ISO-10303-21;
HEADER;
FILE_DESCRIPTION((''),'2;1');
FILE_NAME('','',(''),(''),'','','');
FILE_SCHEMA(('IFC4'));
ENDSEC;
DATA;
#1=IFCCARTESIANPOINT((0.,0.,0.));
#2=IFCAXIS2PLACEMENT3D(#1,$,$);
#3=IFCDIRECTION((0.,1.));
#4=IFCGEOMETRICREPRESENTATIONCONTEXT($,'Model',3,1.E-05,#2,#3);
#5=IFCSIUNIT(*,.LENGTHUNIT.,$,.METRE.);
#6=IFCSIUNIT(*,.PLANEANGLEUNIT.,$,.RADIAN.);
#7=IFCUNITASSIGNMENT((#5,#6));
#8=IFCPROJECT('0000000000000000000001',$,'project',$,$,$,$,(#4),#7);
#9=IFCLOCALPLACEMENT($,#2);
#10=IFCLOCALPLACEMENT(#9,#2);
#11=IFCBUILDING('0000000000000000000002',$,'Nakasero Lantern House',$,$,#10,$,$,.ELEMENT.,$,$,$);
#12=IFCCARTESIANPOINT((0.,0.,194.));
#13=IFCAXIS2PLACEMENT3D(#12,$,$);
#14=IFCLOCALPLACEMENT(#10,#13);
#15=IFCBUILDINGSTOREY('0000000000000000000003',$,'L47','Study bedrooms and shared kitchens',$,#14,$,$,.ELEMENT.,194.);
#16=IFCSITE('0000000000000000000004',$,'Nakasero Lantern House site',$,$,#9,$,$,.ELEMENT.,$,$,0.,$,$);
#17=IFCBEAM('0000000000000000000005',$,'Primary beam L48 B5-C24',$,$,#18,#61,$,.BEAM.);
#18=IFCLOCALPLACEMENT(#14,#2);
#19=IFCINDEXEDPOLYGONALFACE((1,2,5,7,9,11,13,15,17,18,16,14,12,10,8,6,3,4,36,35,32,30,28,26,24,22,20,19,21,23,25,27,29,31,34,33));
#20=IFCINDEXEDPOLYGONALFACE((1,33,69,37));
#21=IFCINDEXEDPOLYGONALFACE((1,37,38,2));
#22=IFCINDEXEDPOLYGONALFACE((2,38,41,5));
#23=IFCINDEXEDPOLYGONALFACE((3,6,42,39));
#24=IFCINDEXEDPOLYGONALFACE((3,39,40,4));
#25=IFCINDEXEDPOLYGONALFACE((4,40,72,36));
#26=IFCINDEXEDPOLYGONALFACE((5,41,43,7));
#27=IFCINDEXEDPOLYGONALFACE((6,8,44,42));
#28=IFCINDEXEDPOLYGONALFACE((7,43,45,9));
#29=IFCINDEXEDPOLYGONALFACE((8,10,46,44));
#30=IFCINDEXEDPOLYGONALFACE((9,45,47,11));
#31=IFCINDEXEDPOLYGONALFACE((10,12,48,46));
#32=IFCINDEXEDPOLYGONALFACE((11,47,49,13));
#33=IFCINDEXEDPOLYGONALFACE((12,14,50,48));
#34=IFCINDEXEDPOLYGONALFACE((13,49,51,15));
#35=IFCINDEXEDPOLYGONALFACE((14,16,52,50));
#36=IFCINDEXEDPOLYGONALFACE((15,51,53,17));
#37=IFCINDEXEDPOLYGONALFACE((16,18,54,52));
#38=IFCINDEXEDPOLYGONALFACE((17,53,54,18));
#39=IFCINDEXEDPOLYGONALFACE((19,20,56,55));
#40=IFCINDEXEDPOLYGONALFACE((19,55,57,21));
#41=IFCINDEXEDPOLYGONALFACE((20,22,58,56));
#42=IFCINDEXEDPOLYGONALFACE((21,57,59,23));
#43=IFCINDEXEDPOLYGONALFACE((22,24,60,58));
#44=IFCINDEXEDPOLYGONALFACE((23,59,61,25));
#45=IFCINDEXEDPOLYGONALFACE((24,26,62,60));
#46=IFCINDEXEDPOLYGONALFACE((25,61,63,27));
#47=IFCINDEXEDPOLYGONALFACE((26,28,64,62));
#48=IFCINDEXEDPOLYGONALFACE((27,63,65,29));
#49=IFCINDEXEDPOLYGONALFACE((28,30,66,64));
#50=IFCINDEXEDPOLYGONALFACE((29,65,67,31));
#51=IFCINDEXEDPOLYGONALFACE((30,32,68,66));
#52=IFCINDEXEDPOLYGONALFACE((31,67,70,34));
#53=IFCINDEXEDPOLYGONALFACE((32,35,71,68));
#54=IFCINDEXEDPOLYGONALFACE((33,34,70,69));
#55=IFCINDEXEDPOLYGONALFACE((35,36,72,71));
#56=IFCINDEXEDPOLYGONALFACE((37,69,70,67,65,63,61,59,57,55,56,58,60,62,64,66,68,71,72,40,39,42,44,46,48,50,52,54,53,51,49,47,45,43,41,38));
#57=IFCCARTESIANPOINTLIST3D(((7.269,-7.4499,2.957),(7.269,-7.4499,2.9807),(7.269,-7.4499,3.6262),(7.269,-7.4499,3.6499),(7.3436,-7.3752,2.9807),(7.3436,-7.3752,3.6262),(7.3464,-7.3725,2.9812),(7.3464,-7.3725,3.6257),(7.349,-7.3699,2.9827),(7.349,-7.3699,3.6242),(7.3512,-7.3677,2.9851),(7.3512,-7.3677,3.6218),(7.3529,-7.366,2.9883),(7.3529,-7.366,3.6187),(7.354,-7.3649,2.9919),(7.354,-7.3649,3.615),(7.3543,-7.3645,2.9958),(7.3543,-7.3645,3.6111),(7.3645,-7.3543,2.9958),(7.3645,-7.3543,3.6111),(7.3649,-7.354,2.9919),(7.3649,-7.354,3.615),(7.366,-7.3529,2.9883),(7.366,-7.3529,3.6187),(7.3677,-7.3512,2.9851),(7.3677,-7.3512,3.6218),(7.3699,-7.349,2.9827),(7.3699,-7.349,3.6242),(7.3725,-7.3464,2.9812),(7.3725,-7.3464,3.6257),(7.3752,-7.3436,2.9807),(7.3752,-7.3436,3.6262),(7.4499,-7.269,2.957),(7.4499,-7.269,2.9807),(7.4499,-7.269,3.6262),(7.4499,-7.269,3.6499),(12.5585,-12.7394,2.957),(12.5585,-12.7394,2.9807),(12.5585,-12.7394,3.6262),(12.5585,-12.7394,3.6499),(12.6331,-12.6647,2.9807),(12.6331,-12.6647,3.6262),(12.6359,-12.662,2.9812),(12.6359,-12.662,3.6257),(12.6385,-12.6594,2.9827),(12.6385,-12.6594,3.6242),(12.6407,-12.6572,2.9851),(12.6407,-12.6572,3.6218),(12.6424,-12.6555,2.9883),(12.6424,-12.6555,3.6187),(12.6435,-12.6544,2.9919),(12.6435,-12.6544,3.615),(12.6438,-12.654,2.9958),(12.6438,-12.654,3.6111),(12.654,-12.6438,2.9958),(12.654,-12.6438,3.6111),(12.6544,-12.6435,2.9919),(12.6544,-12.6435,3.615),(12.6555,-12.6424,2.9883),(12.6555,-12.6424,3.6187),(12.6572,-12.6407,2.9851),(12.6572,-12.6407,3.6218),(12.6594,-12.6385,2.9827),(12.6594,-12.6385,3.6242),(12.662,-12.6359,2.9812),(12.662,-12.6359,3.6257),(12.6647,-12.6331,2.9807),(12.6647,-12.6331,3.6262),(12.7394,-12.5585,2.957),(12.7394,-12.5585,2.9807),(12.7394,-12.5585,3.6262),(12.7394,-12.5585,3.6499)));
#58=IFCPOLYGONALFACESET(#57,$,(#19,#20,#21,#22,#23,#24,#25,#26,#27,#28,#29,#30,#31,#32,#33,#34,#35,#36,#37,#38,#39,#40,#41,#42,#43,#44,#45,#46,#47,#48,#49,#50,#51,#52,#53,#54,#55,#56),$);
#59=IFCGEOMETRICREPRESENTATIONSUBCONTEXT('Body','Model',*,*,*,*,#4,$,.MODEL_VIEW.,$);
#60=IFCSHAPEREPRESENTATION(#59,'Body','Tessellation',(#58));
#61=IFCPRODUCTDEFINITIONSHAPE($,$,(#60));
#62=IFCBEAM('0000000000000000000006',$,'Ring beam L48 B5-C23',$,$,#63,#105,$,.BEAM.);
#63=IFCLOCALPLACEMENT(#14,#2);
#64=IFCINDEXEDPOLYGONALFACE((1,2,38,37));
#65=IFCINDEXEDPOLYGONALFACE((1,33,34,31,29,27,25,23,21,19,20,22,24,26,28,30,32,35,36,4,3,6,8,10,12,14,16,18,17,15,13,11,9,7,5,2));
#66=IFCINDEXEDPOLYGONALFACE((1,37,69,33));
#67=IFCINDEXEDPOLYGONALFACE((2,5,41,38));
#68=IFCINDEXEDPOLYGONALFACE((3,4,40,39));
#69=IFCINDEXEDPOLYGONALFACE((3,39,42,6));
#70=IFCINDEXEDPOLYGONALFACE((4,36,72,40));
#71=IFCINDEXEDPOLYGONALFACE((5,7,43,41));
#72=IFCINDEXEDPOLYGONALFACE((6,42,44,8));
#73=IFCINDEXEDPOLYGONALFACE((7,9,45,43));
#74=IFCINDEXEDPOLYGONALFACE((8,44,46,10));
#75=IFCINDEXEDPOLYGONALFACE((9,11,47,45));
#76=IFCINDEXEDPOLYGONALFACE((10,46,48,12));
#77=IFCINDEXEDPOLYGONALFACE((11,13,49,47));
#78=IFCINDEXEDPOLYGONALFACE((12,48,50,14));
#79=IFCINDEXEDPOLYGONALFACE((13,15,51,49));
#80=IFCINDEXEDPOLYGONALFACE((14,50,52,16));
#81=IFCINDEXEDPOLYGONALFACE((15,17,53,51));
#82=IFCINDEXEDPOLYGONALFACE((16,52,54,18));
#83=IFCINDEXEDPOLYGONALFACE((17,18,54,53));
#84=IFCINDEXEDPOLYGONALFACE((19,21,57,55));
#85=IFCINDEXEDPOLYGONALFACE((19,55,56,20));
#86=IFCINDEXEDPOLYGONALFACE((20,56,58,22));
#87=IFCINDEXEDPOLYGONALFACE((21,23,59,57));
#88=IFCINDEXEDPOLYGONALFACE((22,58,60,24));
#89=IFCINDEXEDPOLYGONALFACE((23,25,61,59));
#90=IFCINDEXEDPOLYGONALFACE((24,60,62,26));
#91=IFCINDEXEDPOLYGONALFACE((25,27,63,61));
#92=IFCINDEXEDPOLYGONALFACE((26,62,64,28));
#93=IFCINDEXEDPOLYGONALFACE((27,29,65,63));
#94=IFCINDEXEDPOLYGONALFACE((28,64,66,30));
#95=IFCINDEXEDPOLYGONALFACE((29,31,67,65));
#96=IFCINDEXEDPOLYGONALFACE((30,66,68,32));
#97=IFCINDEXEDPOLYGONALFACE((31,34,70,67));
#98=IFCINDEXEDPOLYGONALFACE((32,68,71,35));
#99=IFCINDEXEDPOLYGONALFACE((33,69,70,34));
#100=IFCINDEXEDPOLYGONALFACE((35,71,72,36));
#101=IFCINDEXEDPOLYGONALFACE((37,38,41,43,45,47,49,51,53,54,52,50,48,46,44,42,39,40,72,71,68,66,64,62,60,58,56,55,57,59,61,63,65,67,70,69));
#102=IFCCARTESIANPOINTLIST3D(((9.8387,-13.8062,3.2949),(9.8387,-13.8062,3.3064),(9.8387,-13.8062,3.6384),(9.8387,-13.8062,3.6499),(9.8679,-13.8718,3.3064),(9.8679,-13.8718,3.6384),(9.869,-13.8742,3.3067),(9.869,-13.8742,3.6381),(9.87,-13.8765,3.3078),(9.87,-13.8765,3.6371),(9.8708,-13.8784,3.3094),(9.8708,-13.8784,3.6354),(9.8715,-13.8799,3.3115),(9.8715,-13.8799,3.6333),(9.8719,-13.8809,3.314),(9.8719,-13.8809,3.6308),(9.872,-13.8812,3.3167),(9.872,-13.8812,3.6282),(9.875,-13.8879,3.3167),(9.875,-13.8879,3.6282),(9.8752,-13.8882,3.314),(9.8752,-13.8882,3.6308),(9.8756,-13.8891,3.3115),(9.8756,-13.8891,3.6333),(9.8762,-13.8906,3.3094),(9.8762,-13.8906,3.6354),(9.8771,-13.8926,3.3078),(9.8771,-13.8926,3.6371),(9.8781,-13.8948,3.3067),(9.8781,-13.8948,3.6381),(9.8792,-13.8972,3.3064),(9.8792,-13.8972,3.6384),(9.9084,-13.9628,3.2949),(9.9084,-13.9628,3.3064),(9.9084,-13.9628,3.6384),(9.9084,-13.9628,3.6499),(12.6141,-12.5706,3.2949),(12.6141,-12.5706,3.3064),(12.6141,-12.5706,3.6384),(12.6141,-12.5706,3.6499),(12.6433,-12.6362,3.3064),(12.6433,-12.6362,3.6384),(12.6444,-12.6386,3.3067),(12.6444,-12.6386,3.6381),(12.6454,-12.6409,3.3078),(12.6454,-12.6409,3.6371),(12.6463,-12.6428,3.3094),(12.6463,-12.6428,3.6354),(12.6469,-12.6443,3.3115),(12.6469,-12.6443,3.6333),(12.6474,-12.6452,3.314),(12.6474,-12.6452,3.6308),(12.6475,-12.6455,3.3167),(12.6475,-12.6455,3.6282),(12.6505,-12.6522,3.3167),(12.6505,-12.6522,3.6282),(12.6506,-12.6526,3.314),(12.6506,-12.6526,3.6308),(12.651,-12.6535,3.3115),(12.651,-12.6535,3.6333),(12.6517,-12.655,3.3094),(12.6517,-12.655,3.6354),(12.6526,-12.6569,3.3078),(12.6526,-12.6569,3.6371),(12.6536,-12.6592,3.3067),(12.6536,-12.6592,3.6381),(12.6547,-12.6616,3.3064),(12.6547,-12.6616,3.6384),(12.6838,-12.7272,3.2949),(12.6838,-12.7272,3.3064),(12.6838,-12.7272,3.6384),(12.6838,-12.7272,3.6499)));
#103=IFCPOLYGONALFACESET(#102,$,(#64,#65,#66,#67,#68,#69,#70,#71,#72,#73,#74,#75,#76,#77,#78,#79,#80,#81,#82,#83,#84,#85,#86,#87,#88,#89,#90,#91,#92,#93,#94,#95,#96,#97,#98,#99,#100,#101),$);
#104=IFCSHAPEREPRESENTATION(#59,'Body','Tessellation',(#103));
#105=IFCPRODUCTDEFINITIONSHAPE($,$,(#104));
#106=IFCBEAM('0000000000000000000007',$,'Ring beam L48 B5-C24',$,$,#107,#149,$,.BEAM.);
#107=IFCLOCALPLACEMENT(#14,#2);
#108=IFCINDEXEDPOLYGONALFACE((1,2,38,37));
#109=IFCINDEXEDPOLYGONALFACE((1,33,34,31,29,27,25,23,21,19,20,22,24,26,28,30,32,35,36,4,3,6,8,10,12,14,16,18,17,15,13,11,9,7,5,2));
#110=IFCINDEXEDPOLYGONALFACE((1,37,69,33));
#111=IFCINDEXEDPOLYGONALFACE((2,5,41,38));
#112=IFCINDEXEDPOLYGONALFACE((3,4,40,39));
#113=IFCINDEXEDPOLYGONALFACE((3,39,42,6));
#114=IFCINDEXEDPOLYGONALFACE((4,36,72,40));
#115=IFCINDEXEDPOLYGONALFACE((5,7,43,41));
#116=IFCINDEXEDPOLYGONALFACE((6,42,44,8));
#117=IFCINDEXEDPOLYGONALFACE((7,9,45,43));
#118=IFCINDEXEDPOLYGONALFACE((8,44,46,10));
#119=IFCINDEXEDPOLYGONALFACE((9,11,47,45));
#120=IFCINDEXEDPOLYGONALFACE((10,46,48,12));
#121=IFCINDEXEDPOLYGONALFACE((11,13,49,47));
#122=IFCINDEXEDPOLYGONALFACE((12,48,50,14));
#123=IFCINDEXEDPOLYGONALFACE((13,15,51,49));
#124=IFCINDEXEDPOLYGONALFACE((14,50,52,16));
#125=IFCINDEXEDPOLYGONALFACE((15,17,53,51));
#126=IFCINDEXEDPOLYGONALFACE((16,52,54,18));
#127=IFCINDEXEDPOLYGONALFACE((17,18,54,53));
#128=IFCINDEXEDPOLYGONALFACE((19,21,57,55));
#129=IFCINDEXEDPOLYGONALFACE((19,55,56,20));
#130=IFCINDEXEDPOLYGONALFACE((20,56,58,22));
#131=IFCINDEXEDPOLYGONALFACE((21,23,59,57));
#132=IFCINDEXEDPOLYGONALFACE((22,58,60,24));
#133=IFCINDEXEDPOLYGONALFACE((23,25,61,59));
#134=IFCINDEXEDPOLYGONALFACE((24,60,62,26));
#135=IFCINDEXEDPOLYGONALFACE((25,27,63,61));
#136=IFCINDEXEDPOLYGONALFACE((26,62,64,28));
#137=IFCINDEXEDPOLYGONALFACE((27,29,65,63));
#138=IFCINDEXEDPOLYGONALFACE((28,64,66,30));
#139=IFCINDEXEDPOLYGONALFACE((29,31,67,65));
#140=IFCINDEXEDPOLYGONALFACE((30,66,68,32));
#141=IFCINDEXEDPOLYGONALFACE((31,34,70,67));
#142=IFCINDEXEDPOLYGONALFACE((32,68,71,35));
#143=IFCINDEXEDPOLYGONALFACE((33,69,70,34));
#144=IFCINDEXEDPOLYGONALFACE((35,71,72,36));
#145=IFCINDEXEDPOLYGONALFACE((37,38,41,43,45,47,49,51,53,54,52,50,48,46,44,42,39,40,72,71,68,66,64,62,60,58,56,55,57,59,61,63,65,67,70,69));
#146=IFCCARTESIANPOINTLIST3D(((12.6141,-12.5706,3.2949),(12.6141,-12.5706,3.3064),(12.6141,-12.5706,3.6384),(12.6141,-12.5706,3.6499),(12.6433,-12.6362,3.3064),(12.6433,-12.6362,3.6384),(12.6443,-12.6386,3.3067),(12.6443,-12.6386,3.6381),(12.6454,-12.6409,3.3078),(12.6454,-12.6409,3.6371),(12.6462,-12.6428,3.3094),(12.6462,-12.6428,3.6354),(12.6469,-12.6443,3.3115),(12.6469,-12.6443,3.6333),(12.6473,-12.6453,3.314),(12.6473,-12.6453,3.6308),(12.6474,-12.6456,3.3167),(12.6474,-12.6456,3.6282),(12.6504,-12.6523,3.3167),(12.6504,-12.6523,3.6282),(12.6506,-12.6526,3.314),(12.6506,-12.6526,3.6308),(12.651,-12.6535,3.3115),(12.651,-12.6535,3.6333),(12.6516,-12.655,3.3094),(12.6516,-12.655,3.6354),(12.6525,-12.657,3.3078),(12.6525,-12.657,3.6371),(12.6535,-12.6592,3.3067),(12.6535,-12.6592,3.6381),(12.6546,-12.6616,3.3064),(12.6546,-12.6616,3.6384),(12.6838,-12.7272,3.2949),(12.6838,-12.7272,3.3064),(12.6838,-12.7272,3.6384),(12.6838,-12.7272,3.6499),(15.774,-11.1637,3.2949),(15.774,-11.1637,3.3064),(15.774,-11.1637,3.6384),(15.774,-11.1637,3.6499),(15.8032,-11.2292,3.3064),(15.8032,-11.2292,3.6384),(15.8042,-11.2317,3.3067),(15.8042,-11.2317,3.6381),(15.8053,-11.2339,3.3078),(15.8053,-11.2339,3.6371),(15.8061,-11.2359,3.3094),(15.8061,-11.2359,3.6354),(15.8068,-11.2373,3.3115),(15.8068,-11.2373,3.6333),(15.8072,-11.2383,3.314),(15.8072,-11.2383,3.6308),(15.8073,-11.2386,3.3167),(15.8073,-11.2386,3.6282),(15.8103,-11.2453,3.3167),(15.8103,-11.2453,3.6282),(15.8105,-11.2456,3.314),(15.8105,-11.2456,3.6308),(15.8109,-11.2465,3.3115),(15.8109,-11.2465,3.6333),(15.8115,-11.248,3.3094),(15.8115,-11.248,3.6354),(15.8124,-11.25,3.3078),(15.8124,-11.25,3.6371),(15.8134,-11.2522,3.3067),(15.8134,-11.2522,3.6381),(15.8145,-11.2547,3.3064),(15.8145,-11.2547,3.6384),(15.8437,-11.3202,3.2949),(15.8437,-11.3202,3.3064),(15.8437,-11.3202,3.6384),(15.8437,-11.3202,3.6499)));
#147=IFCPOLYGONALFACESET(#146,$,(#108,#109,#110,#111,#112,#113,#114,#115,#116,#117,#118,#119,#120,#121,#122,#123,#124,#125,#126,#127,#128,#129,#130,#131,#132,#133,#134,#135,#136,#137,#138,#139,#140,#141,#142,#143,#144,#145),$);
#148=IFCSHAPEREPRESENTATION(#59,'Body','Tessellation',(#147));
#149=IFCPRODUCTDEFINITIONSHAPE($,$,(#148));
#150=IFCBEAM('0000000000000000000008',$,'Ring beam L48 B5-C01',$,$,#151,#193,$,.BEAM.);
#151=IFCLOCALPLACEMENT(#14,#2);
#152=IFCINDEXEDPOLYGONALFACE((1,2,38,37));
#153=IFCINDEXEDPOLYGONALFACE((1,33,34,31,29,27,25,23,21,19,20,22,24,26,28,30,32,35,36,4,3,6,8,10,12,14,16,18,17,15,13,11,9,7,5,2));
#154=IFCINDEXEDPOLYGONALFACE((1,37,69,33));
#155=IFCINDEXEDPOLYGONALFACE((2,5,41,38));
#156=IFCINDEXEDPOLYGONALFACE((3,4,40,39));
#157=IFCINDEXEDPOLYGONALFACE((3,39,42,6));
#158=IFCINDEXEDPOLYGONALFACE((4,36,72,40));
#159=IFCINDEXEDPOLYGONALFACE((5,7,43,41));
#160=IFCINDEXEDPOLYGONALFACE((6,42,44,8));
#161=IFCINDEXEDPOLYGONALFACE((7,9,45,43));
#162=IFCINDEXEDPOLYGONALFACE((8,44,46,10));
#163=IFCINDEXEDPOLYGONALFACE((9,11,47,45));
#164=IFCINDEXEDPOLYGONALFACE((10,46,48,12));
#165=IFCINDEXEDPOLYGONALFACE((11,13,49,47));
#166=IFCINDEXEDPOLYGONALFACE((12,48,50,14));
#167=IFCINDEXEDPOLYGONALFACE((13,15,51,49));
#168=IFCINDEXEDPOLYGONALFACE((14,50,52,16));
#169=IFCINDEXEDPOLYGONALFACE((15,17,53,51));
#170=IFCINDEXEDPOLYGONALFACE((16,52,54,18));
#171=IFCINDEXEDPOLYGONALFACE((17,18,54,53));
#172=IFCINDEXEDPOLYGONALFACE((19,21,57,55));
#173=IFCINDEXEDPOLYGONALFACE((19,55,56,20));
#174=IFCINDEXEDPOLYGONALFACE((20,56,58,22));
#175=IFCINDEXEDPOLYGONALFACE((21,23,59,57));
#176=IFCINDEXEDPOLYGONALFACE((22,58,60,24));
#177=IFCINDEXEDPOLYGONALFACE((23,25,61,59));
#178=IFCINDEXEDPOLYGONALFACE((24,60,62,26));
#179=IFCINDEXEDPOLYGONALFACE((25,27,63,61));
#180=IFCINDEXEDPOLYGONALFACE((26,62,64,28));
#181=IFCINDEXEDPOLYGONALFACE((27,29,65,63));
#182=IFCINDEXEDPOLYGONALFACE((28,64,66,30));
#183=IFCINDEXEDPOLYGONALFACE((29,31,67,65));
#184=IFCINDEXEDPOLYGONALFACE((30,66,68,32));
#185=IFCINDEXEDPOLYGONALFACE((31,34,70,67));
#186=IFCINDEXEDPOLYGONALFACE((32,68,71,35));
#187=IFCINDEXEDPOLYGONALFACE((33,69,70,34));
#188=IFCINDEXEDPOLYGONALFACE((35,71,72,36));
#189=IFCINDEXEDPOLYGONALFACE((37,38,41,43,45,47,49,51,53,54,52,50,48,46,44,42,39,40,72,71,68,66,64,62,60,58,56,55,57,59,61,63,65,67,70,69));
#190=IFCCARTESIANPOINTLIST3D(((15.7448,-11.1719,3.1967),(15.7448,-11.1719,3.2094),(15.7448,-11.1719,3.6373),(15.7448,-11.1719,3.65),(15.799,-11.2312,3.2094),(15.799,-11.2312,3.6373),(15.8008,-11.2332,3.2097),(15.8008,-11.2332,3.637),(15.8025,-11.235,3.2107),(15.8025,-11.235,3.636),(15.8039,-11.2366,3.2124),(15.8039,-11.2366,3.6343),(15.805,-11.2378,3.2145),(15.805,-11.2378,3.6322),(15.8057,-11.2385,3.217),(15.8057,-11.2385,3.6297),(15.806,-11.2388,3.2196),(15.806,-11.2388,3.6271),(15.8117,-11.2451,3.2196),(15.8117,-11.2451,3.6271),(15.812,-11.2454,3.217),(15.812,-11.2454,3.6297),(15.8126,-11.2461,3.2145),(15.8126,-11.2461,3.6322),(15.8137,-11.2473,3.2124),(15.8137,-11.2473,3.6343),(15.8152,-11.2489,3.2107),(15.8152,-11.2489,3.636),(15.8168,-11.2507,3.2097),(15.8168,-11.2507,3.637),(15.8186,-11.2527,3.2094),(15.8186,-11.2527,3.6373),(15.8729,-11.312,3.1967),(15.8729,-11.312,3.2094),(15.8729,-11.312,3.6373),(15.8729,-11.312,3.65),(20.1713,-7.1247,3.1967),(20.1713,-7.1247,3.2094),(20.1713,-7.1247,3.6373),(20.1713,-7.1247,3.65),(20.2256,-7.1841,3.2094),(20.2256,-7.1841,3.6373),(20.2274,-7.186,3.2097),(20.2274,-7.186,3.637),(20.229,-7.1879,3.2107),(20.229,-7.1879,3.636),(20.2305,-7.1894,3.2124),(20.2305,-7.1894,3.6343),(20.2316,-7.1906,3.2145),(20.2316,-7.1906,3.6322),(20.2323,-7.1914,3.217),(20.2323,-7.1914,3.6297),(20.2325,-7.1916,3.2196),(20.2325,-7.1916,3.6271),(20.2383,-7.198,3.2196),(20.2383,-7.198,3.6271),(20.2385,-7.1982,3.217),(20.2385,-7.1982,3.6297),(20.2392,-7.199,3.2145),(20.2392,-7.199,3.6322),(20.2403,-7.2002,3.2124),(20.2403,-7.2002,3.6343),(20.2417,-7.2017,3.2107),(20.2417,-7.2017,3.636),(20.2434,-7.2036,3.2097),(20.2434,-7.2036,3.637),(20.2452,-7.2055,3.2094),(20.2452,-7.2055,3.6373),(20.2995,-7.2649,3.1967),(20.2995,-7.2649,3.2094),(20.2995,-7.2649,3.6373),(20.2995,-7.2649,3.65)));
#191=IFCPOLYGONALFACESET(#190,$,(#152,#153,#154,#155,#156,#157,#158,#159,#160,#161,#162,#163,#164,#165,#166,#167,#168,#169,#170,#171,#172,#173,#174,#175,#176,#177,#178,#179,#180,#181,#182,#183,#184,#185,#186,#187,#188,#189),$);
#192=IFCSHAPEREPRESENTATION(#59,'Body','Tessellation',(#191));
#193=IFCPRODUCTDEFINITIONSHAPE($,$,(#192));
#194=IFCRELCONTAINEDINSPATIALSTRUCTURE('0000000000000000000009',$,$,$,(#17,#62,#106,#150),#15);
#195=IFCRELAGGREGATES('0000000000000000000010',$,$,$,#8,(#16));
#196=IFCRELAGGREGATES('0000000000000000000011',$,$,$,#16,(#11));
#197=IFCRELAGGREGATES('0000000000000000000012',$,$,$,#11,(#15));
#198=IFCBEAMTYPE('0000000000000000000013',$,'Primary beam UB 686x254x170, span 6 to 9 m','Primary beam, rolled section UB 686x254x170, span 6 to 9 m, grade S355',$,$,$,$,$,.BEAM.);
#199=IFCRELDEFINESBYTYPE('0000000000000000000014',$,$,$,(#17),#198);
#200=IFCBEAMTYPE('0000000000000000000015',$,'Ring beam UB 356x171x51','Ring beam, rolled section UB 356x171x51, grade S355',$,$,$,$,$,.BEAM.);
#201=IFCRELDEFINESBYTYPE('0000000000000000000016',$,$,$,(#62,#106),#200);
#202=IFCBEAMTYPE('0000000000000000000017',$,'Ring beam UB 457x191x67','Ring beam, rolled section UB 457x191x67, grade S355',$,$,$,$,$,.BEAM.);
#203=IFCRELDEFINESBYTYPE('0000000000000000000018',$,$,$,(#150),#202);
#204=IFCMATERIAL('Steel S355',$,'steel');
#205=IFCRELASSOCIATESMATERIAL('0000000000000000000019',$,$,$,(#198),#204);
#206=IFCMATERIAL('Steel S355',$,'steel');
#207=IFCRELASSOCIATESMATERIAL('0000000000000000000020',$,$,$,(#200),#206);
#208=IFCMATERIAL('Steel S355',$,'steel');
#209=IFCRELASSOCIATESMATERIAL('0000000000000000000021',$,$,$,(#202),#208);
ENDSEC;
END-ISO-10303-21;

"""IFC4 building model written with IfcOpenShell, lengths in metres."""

from ifc_helpers import new_model, si_unit, direction, frame, origin, origin_2d, place, context, subcontext, project, spatial, i_section, extrude, material, material_profile, profile_set, type_object, element, save


model = new_model("IFC4")

# Units and contexts
model_context = context("Model", 3, precision=1e-05, world=origin(), true_north=direction((0.0, 1.0)))
body_context = subcontext(model_context, "Body", "Model", "MODEL_VIEW")
ifc_project = project(units=[si_unit("LENGTHUNIT", "METRE"), si_unit("PLANEANGLEUNIT", "RADIAN")], contexts=[model_context])

# Site, building, storey
site_placement = place(None, origin())
site = spatial("IfcSite", under=ifc_project, at=site_placement, Name="Nakasero Lantern House site", CompositionType="ELEMENT", RefElevation=0.0)
building_placement = place(site_placement, origin())
building = spatial("IfcBuilding", under=site, at=building_placement, Name="Nakasero Lantern House", CompositionType="ELEMENT")
storey_placement = place(building_placement, frame((0.0, 0.0, 194.0)))
storey = spatial("IfcBuildingStorey", under=building, at=storey_placement, Name="L47", Description="Study bedrooms and shared kitchens", CompositionType="ELEMENT", Elevation=194.0)

# Beams
ifc_material_1 = material(Name="Steel S355", Category="steel")
ifc_material_profile_1 = material_profile(ifc_material_1, i_section(OverallWidth=0.2559, OverallDepth=0.6929, WebThickness=0.0144, FlangeThickness=0.0237, FilletRadius=0.0151, at=origin_2d()), Name="UB 686x254x170")
ifc_profile_set_1 = profile_set([ifc_material_profile_1], Name="Steel S355")
beam_type_1 = type_object("IfcBeamType", Name="Primary beam UB 686x254x170, span 6 to 9 m", Description="Primary beam, rolled section UB 686x254x170, span 6 to 9 m, grade S355", PredefinedType="BEAM", material=ifc_profile_set_1)
beam_1_placement = place(storey_placement, frame((12.6489, -12.6489, 3.3035), z_axis=(-0.707107, 0.707107, 0.0), x_axis=(-0.707107, -0.707107, 0.0)))
element("IfcBeam", 1, at=beam_1_placement, inside=storey, type_object=beam_type_1, Name="Primary beam L48 B5-C24", PredefinedType="BEAM", context=body_context, shape_type="SweptSolid", body=[
    extrude(i_section(OverallWidth=0.2559, OverallDepth=0.6929, WebThickness=0.0144, FlangeThickness=0.0237, FilletRadius=0.0151, at=origin_2d()), origin(), (0.0, 0.0, 1.0), 7.4805),
])
ifc_material_2 = material(Name="Steel S355", Category="steel")
ifc_material_profile_2 = material_profile(ifc_material_2, i_section(OverallWidth=0.1714, OverallDepth=0.355, WebThickness=0.0073, FlangeThickness=0.0115, FilletRadius=0.0103, at=origin_2d()), Name="UB 356x171x51")
ifc_profile_set_2 = profile_set([ifc_material_profile_2], Name="Steel S355")
beam_type_2 = type_object("IfcBeamType", Name="Ring beam UB 356x171x51", Description="Ring beam, rolled section UB 356x171x51, grade S355", PredefinedType="BEAM", material=ifc_profile_set_2)
beam_2_placement = place(storey_placement, frame((9.8735, -13.8845, 3.4724), z_axis=(0.913556, 0.406713, 0.0), x_axis=(-0.406713, 0.913556, 0.0)))
element("IfcBeam", 2, at=beam_2_placement, inside=storey, type_object=beam_type_2, Name="Ring beam L48 B5-C23", PredefinedType="BEAM", context=body_context, shape_type="SweptSolid", body=[
    extrude(i_section(OverallWidth=0.1714, OverallDepth=0.355, WebThickness=0.0073, FlangeThickness=0.0115, FilletRadius=0.0103, at=origin_2d()), origin(), (0.0, 0.0, 1.0), 3.0381),
])
beam_3_placement = place(storey_placement, frame((12.6489, -12.6489, 3.4724), z_axis=(0.913535, 0.406761, 0.0), x_axis=(-0.406761, 0.913535, 0.0)))
element("IfcBeam", 3, at=beam_3_placement, inside=storey, type_object=beam_type_2, Name="Ring beam L48 B5-C24", PredefinedType="BEAM", context=body_context, shape_type="SweptSolid", body=[
    extrude(i_section(OverallWidth=0.1714, OverallDepth=0.355, WebThickness=0.0073, FlangeThickness=0.0115, FilletRadius=0.0103, at=origin_2d()), origin(), (0.0, 0.0, 1.0), 3.459),
])
ifc_material_3 = material(Name="Steel S355", Category="steel")
ifc_material_profile_3 = material_profile(ifc_material_3, i_section(OverallWidth=0.1899, OverallDepth=0.4534, WebThickness=0.0085, FlangeThickness=0.0127, FilletRadius=0.0103, at=origin_2d()), Name="UB 457x191x67")
ifc_profile_set_3 = profile_set([ifc_material_profile_3], Name="Steel S355")
beam_type_3 = type_object("IfcBeamType", Name="Ring beam UB 457x191x67", Description="Ring beam, rolled section UB 457x191x67, grade S355", PredefinedType="BEAM", material=ifc_profile_set_3)
beam_4_placement = place(storey_placement, frame((15.8088, -11.2419, 3.4233), z_axis=(0.738027, 0.674771, 0.0), x_axis=(-0.674771, 0.738027, 0.0)))
element("IfcBeam", 4, at=beam_4_placement, inside=storey, type_object=beam_type_3, Name="Ring beam L48 B5-C01", PredefinedType="BEAM", context=body_context, shape_type="SweptSolid", body=[
    extrude(i_section(OverallWidth=0.1899, OverallDepth=0.4534, WebThickness=0.0085, FlangeThickness=0.0127, FilletRadius=0.0103, at=origin_2d()), origin(), (0.0, 0.0, 1.0), 5.9978),
])

save(model, "model.ifc")
